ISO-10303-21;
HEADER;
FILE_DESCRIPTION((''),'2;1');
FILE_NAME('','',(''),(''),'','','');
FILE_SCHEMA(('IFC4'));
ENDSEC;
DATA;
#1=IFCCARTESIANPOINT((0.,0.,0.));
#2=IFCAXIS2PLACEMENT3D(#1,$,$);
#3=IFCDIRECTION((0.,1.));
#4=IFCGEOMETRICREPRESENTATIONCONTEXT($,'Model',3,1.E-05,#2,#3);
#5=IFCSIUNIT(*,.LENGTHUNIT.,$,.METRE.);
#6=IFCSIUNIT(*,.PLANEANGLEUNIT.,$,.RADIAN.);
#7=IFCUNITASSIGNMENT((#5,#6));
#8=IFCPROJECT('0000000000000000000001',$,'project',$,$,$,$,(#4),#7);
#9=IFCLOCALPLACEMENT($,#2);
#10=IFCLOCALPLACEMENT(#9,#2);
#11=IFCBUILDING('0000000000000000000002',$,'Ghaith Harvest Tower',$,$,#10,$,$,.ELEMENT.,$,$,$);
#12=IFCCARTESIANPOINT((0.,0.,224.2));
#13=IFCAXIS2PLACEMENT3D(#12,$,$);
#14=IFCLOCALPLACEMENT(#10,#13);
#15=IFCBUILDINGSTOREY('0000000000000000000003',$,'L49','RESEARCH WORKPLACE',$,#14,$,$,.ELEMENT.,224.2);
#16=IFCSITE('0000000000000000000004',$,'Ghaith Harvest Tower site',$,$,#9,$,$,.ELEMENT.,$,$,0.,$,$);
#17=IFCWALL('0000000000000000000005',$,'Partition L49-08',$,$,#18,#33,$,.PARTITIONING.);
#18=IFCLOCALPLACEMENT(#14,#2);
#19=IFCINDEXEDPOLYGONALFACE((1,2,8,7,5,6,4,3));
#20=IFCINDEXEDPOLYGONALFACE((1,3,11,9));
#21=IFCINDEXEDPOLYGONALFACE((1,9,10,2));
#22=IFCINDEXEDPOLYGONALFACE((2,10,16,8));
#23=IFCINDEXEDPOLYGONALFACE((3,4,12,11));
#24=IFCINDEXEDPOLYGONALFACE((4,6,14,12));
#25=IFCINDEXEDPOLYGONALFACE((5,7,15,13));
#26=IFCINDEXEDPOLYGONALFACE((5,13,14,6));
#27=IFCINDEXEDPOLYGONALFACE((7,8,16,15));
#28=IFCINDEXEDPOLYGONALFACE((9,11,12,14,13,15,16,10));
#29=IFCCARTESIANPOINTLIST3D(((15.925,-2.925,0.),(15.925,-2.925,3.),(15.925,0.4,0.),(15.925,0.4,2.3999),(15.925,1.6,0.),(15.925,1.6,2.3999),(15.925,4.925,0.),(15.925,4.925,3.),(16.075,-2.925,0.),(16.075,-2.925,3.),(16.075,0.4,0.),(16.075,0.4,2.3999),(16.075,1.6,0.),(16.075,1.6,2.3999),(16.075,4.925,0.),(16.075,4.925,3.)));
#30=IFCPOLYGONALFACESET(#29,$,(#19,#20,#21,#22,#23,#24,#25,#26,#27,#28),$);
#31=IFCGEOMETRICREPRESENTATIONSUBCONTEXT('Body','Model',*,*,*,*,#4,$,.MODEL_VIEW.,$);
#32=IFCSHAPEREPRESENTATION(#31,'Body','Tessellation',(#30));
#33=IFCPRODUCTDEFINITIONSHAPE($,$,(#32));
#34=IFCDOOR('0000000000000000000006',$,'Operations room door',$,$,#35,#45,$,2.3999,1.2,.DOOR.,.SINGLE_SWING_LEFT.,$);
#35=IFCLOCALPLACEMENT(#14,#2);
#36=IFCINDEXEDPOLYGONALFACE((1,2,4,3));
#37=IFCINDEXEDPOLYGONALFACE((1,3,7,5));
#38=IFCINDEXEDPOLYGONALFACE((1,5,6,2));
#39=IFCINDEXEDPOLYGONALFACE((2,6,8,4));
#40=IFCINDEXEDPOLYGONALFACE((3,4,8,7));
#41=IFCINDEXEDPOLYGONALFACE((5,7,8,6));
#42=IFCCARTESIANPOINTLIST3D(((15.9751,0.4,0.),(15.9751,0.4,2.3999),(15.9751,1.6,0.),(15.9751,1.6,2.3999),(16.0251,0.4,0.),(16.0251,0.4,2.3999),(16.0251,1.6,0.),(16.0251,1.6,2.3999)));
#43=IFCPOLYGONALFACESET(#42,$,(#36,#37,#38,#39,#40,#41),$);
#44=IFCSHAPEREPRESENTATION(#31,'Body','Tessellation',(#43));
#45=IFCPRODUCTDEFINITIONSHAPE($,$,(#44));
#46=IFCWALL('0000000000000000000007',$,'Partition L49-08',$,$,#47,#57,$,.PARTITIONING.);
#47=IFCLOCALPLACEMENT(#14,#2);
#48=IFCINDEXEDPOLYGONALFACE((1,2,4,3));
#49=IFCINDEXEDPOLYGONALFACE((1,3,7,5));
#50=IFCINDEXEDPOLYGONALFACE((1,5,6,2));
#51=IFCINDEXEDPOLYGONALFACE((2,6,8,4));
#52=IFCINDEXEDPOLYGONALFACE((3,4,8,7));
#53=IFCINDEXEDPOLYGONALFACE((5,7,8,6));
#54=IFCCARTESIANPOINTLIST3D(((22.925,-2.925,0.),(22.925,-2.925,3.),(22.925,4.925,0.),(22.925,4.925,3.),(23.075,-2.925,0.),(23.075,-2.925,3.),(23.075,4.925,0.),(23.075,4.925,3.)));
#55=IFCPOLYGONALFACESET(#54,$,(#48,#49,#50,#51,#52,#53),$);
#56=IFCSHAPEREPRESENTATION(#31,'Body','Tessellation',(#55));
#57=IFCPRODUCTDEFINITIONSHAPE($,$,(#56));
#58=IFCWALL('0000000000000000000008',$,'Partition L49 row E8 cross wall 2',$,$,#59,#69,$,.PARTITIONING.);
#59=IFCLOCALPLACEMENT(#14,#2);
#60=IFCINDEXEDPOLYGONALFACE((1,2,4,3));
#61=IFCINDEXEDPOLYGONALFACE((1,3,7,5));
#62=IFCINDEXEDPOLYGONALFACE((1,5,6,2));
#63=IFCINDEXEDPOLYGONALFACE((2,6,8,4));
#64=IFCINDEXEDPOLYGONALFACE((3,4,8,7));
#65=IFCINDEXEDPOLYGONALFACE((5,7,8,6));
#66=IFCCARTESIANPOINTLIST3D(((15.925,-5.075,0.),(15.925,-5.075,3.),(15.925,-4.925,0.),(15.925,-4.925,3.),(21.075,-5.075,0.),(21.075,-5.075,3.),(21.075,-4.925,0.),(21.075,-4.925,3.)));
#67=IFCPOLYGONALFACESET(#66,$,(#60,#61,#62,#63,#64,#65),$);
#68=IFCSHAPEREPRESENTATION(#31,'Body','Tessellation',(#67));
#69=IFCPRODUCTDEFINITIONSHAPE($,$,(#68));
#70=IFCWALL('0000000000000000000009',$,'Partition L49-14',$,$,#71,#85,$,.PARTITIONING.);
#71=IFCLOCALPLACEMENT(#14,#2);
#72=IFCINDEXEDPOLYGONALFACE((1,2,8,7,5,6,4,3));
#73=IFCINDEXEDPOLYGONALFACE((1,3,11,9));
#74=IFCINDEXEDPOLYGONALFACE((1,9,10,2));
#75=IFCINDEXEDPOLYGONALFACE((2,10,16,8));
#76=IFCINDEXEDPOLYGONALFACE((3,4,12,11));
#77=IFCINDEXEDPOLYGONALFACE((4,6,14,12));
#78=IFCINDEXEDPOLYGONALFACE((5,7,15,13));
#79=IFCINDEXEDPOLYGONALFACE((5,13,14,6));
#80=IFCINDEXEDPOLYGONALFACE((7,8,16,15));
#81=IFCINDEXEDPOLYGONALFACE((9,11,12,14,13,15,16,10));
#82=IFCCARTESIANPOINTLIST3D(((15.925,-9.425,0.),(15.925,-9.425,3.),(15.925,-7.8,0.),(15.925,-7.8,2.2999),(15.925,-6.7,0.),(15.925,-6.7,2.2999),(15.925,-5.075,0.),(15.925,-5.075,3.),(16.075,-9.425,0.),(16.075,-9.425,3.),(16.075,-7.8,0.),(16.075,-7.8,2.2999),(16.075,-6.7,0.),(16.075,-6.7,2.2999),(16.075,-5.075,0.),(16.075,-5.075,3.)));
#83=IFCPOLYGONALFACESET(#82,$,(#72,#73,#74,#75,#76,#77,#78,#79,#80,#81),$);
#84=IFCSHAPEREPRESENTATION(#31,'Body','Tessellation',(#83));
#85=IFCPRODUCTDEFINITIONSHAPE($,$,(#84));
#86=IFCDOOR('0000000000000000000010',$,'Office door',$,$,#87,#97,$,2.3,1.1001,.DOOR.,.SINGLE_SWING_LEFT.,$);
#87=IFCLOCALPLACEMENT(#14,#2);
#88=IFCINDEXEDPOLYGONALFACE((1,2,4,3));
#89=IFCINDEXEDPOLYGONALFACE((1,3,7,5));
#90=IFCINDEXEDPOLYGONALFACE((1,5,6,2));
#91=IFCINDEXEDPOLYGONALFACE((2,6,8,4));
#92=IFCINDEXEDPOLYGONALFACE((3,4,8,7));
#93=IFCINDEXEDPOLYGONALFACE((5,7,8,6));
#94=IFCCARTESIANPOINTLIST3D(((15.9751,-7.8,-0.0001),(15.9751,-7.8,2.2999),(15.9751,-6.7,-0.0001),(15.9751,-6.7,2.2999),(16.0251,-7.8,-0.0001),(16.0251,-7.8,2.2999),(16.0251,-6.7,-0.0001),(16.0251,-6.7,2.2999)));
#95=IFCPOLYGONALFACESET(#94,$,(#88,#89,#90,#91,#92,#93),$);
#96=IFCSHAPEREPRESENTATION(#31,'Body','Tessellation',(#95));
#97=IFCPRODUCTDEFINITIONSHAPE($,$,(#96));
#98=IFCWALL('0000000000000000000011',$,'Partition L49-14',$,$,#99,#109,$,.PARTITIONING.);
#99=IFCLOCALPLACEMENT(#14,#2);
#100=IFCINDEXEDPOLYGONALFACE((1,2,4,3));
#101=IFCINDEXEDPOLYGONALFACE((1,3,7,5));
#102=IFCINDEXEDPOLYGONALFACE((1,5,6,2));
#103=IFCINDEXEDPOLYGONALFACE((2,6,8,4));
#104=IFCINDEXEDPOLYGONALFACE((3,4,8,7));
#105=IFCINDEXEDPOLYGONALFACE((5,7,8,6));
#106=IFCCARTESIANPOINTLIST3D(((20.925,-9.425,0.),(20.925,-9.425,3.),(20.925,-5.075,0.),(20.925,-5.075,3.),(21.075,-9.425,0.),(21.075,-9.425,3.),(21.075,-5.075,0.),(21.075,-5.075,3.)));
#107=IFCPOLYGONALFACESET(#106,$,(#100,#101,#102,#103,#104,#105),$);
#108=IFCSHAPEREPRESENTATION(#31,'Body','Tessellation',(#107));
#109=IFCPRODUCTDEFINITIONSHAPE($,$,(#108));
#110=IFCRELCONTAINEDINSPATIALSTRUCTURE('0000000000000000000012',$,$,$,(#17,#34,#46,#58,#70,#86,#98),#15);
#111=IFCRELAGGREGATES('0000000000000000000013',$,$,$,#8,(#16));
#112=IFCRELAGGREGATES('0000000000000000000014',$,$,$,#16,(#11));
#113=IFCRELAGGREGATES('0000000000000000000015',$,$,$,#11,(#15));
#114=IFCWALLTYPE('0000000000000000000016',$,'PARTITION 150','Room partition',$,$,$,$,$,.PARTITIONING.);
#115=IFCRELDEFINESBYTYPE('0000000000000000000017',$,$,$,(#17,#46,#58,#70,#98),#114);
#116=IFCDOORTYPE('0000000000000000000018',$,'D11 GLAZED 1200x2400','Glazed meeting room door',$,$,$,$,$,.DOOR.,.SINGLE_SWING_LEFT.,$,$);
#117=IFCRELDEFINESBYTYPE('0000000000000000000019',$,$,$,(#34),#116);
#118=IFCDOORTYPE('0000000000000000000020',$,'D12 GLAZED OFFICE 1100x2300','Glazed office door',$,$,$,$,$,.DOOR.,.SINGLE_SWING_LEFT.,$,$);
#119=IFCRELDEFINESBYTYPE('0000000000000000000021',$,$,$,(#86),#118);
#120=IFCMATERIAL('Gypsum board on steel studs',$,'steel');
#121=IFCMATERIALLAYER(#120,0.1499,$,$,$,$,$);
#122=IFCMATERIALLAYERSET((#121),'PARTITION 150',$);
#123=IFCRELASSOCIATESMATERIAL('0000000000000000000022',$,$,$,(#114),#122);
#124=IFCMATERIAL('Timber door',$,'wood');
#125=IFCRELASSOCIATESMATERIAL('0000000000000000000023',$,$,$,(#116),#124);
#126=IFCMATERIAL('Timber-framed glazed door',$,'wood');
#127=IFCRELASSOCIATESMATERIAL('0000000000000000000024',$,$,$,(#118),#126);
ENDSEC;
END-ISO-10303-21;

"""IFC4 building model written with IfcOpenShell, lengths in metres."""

from ifc_helpers import new_model, si_unit, direction, frame, frame_2d, origin, place, context, subcontext, project, spatial, rectangle, extrude, material, layer, layer_set, type_object, element, fill, save


model = new_model("IFC4")

# Units and contexts
model_context = context("Model", 3, precision=1e-05, world=origin(), true_north=direction((0.0, 1.0)))
body_context = subcontext(model_context, "Body", "Model", "MODEL_VIEW")
ifc_project = project(units=[si_unit("LENGTHUNIT", "METRE"), si_unit("PLANEANGLEUNIT", "RADIAN")], contexts=[model_context])

# Site, building, storey
site_placement = place(None, origin())
site = spatial("IfcSite", under=ifc_project, at=site_placement, Name="Ghaith Harvest Tower site", CompositionType="ELEMENT", RefElevation=0.0)
building_placement = place(site_placement, origin())
building = spatial("IfcBuilding", under=site, at=building_placement, Name="Ghaith Harvest Tower", CompositionType="ELEMENT")
storey_placement = place(building_placement, frame((0.0, 0.0, 224.2)))
storey = spatial("IfcBuildingStorey", under=building, at=storey_placement, Name="L49", Description="RESEARCH WORKPLACE", CompositionType="ELEMENT", Elevation=224.2)

# Shared definitions
ifc_material_1 = material(Name="Gypsum board on steel studs", Category="steel")
ifc_layer_1 = layer(ifc_material_1, 0.1499)
ifc_layer_set_1 = layer_set([ifc_layer_1], Name="PARTITION 150")
wall_type_1 = type_object("IfcWallType", Name="PARTITION 150", Description="Room partition", PredefinedType="PARTITIONING", material=ifc_layer_set_1)

# Wall, opening, door
wall_1_placement = place(storey_placement, frame((16.0, -2.925, 0.0), z_axis=(0.0, 0.0, 1.0), x_axis=(0.0, 1.0, 0.0)))
wall_1 = element("IfcWall", 1, at=wall_1_placement, inside=storey, type_object=wall_type_1, Name="Partition L49-08", PredefinedType="PARTITIONING", context=body_context, shape_type="SweptSolid", body=[
    extrude(rectangle(XDim=7.8501, YDim=0.1499, at=frame_2d((3.925, 0.0))), origin(), (0.0, 0.0, 1.0), 3.0),
])
opening_1_placement = place(wall_1_placement, frame((3.325, 0.0, 0.0)))
opening_1 = element("IfcOpeningElement", 2, at=opening_1_placement, cuts=wall_1, PredefinedType="OPENING", context=body_context, shape_type="SweptSolid", body=[
    extrude(rectangle(XDim=1.2, YDim=2.3999, at=frame_2d((0.6001, 1.2))), frame((0.0, 0.085, 0.0), z_axis=(0.0, -1.0, 0.0), x_axis=(1.0, 0.0, 0.0)), (0.0, 0.0, 1.0), 0.1699),
])
ifc_material_2 = material(Name="Timber door", Category="wood")
door_type_1 = type_object("IfcDoorType", Name="D11 GLAZED 1200x2400", Description="Glazed meeting room door", OperationType="SINGLE_SWING_LEFT", PredefinedType="DOOR", material=ifc_material_2)
door_1_placement = place(opening_1_placement, origin())
door_1 = element("IfcDoor", 3, at=door_1_placement, inside=storey, type_object=door_type_1, Name="Operations room door", OperationType="SINGLE_SWING_LEFT", OverallHeight=2.3999, OverallWidth=1.2, PredefinedType="DOOR", context=body_context, shape_type="SweptSolid", body=[
    extrude(rectangle(XDim=1.2, YDim=2.3999, at=frame_2d((0.6001, 1.2))), frame((0.0, 0.0249, 0.0), z_axis=(0.0, -1.0, 0.0), x_axis=(1.0, 0.0, 0.0)), (0.0, 0.0, 1.0), 0.05),
])
fill(opening_1, door_1)

# Walls
wall_2_placement = place(storey_placement, frame((23.0, -2.925, 0.0), z_axis=(0.0, 0.0, 1.0), x_axis=(0.0, 1.0, 0.0)))
element("IfcWall", 4, at=wall_2_placement, inside=storey, type_object=wall_type_1, Name="Partition L49-08", PredefinedType="PARTITIONING", context=body_context, shape_type="SweptSolid", body=[
    extrude(rectangle(XDim=7.8501, YDim=0.1499, at=frame_2d((3.925, 0.0))), origin(), (0.0, 0.0, 1.0), 3.0),
])
wall_3_placement = place(storey_placement, frame((15.925, -5.0, 0.0), z_axis=(0.0, 0.0, 1.0), x_axis=(1.0, 0.0, 0.0)))
element("IfcWall", 5, at=wall_3_placement, inside=storey, type_object=wall_type_1, Name="Partition L49 row E8 cross wall 2", PredefinedType="PARTITIONING", context=body_context, shape_type="SweptSolid", body=[
    extrude(rectangle(XDim=5.1499, YDim=0.1499, at=frame_2d((2.575, 0.0))), origin(), (0.0, 0.0, 1.0), 3.0),
])

# Wall, opening, door
wall_4_placement = place(storey_placement, frame((16.0, -9.425, 0.0), z_axis=(0.0, 0.0, 1.0), x_axis=(0.0, 1.0, 0.0)))
wall_4 = element("IfcWall", 6, at=wall_4_placement, inside=storey, type_object=wall_type_1, Name="Partition L49-14", PredefinedType="PARTITIONING", context=body_context, shape_type="SweptSolid", body=[
    extrude(rectangle(XDim=4.3501, YDim=0.1499, at=frame_2d((2.175, 0.0))), origin(), (0.0, 0.0, 1.0), 3.0),
])
opening_2_placement = place(wall_4_placement, frame((1.625, 0.0, 0.0)))
opening_2 = element("IfcOpeningElement", 7, at=opening_2_placement, cuts=wall_4, PredefinedType="OPENING", context=body_context, shape_type="SweptSolid", body=[
    extrude(rectangle(XDim=1.1001, YDim=2.3, at=frame_2d((0.55, 1.1499))), frame((0.0, 0.085, 0.0), z_axis=(0.0, -1.0, 0.0), x_axis=(1.0, 0.0, 0.0)), (0.0, 0.0, 1.0), 0.1699),
])
ifc_material_3 = material(Name="Timber-framed glazed door", Category="wood")
door_type_2 = type_object("IfcDoorType", Name="D12 GLAZED OFFICE 1100x2300", Description="Glazed office door", OperationType="SINGLE_SWING_LEFT", PredefinedType="DOOR", material=ifc_material_3)
door_2_placement = place(opening_2_placement, origin())
door_2 = element("IfcDoor", 8, at=door_2_placement, inside=storey, type_object=door_type_2, Name="Office door", OperationType="SINGLE_SWING_LEFT", OverallHeight=2.3, OverallWidth=1.1001, PredefinedType="DOOR", context=body_context, shape_type="SweptSolid", body=[
    extrude(rectangle(XDim=1.1001, YDim=2.3, at=frame_2d((0.55, 1.1499))), frame((0.0, 0.0249, 0.0), z_axis=(0.0, -1.0, 0.0), x_axis=(1.0, 0.0, 0.0)), (0.0, 0.0, 1.0), 0.05),
])
fill(opening_2, door_2)

# Wall
wall_5_placement = place(storey_placement, frame((21.0, -9.425, 0.0), z_axis=(0.0, 0.0, 1.0), x_axis=(0.0, 1.0, 0.0)))
element("IfcWall", 9, at=wall_5_placement, inside=storey, type_object=wall_type_1, Name="Partition L49-14", PredefinedType="PARTITIONING", context=body_context, shape_type="SweptSolid", body=[
    extrude(rectangle(XDim=4.3501, YDim=0.1499, at=frame_2d((2.175, 0.0))), origin(), (0.0, 0.0, 1.0), 3.0),
])

save(model, "model.ifc")
